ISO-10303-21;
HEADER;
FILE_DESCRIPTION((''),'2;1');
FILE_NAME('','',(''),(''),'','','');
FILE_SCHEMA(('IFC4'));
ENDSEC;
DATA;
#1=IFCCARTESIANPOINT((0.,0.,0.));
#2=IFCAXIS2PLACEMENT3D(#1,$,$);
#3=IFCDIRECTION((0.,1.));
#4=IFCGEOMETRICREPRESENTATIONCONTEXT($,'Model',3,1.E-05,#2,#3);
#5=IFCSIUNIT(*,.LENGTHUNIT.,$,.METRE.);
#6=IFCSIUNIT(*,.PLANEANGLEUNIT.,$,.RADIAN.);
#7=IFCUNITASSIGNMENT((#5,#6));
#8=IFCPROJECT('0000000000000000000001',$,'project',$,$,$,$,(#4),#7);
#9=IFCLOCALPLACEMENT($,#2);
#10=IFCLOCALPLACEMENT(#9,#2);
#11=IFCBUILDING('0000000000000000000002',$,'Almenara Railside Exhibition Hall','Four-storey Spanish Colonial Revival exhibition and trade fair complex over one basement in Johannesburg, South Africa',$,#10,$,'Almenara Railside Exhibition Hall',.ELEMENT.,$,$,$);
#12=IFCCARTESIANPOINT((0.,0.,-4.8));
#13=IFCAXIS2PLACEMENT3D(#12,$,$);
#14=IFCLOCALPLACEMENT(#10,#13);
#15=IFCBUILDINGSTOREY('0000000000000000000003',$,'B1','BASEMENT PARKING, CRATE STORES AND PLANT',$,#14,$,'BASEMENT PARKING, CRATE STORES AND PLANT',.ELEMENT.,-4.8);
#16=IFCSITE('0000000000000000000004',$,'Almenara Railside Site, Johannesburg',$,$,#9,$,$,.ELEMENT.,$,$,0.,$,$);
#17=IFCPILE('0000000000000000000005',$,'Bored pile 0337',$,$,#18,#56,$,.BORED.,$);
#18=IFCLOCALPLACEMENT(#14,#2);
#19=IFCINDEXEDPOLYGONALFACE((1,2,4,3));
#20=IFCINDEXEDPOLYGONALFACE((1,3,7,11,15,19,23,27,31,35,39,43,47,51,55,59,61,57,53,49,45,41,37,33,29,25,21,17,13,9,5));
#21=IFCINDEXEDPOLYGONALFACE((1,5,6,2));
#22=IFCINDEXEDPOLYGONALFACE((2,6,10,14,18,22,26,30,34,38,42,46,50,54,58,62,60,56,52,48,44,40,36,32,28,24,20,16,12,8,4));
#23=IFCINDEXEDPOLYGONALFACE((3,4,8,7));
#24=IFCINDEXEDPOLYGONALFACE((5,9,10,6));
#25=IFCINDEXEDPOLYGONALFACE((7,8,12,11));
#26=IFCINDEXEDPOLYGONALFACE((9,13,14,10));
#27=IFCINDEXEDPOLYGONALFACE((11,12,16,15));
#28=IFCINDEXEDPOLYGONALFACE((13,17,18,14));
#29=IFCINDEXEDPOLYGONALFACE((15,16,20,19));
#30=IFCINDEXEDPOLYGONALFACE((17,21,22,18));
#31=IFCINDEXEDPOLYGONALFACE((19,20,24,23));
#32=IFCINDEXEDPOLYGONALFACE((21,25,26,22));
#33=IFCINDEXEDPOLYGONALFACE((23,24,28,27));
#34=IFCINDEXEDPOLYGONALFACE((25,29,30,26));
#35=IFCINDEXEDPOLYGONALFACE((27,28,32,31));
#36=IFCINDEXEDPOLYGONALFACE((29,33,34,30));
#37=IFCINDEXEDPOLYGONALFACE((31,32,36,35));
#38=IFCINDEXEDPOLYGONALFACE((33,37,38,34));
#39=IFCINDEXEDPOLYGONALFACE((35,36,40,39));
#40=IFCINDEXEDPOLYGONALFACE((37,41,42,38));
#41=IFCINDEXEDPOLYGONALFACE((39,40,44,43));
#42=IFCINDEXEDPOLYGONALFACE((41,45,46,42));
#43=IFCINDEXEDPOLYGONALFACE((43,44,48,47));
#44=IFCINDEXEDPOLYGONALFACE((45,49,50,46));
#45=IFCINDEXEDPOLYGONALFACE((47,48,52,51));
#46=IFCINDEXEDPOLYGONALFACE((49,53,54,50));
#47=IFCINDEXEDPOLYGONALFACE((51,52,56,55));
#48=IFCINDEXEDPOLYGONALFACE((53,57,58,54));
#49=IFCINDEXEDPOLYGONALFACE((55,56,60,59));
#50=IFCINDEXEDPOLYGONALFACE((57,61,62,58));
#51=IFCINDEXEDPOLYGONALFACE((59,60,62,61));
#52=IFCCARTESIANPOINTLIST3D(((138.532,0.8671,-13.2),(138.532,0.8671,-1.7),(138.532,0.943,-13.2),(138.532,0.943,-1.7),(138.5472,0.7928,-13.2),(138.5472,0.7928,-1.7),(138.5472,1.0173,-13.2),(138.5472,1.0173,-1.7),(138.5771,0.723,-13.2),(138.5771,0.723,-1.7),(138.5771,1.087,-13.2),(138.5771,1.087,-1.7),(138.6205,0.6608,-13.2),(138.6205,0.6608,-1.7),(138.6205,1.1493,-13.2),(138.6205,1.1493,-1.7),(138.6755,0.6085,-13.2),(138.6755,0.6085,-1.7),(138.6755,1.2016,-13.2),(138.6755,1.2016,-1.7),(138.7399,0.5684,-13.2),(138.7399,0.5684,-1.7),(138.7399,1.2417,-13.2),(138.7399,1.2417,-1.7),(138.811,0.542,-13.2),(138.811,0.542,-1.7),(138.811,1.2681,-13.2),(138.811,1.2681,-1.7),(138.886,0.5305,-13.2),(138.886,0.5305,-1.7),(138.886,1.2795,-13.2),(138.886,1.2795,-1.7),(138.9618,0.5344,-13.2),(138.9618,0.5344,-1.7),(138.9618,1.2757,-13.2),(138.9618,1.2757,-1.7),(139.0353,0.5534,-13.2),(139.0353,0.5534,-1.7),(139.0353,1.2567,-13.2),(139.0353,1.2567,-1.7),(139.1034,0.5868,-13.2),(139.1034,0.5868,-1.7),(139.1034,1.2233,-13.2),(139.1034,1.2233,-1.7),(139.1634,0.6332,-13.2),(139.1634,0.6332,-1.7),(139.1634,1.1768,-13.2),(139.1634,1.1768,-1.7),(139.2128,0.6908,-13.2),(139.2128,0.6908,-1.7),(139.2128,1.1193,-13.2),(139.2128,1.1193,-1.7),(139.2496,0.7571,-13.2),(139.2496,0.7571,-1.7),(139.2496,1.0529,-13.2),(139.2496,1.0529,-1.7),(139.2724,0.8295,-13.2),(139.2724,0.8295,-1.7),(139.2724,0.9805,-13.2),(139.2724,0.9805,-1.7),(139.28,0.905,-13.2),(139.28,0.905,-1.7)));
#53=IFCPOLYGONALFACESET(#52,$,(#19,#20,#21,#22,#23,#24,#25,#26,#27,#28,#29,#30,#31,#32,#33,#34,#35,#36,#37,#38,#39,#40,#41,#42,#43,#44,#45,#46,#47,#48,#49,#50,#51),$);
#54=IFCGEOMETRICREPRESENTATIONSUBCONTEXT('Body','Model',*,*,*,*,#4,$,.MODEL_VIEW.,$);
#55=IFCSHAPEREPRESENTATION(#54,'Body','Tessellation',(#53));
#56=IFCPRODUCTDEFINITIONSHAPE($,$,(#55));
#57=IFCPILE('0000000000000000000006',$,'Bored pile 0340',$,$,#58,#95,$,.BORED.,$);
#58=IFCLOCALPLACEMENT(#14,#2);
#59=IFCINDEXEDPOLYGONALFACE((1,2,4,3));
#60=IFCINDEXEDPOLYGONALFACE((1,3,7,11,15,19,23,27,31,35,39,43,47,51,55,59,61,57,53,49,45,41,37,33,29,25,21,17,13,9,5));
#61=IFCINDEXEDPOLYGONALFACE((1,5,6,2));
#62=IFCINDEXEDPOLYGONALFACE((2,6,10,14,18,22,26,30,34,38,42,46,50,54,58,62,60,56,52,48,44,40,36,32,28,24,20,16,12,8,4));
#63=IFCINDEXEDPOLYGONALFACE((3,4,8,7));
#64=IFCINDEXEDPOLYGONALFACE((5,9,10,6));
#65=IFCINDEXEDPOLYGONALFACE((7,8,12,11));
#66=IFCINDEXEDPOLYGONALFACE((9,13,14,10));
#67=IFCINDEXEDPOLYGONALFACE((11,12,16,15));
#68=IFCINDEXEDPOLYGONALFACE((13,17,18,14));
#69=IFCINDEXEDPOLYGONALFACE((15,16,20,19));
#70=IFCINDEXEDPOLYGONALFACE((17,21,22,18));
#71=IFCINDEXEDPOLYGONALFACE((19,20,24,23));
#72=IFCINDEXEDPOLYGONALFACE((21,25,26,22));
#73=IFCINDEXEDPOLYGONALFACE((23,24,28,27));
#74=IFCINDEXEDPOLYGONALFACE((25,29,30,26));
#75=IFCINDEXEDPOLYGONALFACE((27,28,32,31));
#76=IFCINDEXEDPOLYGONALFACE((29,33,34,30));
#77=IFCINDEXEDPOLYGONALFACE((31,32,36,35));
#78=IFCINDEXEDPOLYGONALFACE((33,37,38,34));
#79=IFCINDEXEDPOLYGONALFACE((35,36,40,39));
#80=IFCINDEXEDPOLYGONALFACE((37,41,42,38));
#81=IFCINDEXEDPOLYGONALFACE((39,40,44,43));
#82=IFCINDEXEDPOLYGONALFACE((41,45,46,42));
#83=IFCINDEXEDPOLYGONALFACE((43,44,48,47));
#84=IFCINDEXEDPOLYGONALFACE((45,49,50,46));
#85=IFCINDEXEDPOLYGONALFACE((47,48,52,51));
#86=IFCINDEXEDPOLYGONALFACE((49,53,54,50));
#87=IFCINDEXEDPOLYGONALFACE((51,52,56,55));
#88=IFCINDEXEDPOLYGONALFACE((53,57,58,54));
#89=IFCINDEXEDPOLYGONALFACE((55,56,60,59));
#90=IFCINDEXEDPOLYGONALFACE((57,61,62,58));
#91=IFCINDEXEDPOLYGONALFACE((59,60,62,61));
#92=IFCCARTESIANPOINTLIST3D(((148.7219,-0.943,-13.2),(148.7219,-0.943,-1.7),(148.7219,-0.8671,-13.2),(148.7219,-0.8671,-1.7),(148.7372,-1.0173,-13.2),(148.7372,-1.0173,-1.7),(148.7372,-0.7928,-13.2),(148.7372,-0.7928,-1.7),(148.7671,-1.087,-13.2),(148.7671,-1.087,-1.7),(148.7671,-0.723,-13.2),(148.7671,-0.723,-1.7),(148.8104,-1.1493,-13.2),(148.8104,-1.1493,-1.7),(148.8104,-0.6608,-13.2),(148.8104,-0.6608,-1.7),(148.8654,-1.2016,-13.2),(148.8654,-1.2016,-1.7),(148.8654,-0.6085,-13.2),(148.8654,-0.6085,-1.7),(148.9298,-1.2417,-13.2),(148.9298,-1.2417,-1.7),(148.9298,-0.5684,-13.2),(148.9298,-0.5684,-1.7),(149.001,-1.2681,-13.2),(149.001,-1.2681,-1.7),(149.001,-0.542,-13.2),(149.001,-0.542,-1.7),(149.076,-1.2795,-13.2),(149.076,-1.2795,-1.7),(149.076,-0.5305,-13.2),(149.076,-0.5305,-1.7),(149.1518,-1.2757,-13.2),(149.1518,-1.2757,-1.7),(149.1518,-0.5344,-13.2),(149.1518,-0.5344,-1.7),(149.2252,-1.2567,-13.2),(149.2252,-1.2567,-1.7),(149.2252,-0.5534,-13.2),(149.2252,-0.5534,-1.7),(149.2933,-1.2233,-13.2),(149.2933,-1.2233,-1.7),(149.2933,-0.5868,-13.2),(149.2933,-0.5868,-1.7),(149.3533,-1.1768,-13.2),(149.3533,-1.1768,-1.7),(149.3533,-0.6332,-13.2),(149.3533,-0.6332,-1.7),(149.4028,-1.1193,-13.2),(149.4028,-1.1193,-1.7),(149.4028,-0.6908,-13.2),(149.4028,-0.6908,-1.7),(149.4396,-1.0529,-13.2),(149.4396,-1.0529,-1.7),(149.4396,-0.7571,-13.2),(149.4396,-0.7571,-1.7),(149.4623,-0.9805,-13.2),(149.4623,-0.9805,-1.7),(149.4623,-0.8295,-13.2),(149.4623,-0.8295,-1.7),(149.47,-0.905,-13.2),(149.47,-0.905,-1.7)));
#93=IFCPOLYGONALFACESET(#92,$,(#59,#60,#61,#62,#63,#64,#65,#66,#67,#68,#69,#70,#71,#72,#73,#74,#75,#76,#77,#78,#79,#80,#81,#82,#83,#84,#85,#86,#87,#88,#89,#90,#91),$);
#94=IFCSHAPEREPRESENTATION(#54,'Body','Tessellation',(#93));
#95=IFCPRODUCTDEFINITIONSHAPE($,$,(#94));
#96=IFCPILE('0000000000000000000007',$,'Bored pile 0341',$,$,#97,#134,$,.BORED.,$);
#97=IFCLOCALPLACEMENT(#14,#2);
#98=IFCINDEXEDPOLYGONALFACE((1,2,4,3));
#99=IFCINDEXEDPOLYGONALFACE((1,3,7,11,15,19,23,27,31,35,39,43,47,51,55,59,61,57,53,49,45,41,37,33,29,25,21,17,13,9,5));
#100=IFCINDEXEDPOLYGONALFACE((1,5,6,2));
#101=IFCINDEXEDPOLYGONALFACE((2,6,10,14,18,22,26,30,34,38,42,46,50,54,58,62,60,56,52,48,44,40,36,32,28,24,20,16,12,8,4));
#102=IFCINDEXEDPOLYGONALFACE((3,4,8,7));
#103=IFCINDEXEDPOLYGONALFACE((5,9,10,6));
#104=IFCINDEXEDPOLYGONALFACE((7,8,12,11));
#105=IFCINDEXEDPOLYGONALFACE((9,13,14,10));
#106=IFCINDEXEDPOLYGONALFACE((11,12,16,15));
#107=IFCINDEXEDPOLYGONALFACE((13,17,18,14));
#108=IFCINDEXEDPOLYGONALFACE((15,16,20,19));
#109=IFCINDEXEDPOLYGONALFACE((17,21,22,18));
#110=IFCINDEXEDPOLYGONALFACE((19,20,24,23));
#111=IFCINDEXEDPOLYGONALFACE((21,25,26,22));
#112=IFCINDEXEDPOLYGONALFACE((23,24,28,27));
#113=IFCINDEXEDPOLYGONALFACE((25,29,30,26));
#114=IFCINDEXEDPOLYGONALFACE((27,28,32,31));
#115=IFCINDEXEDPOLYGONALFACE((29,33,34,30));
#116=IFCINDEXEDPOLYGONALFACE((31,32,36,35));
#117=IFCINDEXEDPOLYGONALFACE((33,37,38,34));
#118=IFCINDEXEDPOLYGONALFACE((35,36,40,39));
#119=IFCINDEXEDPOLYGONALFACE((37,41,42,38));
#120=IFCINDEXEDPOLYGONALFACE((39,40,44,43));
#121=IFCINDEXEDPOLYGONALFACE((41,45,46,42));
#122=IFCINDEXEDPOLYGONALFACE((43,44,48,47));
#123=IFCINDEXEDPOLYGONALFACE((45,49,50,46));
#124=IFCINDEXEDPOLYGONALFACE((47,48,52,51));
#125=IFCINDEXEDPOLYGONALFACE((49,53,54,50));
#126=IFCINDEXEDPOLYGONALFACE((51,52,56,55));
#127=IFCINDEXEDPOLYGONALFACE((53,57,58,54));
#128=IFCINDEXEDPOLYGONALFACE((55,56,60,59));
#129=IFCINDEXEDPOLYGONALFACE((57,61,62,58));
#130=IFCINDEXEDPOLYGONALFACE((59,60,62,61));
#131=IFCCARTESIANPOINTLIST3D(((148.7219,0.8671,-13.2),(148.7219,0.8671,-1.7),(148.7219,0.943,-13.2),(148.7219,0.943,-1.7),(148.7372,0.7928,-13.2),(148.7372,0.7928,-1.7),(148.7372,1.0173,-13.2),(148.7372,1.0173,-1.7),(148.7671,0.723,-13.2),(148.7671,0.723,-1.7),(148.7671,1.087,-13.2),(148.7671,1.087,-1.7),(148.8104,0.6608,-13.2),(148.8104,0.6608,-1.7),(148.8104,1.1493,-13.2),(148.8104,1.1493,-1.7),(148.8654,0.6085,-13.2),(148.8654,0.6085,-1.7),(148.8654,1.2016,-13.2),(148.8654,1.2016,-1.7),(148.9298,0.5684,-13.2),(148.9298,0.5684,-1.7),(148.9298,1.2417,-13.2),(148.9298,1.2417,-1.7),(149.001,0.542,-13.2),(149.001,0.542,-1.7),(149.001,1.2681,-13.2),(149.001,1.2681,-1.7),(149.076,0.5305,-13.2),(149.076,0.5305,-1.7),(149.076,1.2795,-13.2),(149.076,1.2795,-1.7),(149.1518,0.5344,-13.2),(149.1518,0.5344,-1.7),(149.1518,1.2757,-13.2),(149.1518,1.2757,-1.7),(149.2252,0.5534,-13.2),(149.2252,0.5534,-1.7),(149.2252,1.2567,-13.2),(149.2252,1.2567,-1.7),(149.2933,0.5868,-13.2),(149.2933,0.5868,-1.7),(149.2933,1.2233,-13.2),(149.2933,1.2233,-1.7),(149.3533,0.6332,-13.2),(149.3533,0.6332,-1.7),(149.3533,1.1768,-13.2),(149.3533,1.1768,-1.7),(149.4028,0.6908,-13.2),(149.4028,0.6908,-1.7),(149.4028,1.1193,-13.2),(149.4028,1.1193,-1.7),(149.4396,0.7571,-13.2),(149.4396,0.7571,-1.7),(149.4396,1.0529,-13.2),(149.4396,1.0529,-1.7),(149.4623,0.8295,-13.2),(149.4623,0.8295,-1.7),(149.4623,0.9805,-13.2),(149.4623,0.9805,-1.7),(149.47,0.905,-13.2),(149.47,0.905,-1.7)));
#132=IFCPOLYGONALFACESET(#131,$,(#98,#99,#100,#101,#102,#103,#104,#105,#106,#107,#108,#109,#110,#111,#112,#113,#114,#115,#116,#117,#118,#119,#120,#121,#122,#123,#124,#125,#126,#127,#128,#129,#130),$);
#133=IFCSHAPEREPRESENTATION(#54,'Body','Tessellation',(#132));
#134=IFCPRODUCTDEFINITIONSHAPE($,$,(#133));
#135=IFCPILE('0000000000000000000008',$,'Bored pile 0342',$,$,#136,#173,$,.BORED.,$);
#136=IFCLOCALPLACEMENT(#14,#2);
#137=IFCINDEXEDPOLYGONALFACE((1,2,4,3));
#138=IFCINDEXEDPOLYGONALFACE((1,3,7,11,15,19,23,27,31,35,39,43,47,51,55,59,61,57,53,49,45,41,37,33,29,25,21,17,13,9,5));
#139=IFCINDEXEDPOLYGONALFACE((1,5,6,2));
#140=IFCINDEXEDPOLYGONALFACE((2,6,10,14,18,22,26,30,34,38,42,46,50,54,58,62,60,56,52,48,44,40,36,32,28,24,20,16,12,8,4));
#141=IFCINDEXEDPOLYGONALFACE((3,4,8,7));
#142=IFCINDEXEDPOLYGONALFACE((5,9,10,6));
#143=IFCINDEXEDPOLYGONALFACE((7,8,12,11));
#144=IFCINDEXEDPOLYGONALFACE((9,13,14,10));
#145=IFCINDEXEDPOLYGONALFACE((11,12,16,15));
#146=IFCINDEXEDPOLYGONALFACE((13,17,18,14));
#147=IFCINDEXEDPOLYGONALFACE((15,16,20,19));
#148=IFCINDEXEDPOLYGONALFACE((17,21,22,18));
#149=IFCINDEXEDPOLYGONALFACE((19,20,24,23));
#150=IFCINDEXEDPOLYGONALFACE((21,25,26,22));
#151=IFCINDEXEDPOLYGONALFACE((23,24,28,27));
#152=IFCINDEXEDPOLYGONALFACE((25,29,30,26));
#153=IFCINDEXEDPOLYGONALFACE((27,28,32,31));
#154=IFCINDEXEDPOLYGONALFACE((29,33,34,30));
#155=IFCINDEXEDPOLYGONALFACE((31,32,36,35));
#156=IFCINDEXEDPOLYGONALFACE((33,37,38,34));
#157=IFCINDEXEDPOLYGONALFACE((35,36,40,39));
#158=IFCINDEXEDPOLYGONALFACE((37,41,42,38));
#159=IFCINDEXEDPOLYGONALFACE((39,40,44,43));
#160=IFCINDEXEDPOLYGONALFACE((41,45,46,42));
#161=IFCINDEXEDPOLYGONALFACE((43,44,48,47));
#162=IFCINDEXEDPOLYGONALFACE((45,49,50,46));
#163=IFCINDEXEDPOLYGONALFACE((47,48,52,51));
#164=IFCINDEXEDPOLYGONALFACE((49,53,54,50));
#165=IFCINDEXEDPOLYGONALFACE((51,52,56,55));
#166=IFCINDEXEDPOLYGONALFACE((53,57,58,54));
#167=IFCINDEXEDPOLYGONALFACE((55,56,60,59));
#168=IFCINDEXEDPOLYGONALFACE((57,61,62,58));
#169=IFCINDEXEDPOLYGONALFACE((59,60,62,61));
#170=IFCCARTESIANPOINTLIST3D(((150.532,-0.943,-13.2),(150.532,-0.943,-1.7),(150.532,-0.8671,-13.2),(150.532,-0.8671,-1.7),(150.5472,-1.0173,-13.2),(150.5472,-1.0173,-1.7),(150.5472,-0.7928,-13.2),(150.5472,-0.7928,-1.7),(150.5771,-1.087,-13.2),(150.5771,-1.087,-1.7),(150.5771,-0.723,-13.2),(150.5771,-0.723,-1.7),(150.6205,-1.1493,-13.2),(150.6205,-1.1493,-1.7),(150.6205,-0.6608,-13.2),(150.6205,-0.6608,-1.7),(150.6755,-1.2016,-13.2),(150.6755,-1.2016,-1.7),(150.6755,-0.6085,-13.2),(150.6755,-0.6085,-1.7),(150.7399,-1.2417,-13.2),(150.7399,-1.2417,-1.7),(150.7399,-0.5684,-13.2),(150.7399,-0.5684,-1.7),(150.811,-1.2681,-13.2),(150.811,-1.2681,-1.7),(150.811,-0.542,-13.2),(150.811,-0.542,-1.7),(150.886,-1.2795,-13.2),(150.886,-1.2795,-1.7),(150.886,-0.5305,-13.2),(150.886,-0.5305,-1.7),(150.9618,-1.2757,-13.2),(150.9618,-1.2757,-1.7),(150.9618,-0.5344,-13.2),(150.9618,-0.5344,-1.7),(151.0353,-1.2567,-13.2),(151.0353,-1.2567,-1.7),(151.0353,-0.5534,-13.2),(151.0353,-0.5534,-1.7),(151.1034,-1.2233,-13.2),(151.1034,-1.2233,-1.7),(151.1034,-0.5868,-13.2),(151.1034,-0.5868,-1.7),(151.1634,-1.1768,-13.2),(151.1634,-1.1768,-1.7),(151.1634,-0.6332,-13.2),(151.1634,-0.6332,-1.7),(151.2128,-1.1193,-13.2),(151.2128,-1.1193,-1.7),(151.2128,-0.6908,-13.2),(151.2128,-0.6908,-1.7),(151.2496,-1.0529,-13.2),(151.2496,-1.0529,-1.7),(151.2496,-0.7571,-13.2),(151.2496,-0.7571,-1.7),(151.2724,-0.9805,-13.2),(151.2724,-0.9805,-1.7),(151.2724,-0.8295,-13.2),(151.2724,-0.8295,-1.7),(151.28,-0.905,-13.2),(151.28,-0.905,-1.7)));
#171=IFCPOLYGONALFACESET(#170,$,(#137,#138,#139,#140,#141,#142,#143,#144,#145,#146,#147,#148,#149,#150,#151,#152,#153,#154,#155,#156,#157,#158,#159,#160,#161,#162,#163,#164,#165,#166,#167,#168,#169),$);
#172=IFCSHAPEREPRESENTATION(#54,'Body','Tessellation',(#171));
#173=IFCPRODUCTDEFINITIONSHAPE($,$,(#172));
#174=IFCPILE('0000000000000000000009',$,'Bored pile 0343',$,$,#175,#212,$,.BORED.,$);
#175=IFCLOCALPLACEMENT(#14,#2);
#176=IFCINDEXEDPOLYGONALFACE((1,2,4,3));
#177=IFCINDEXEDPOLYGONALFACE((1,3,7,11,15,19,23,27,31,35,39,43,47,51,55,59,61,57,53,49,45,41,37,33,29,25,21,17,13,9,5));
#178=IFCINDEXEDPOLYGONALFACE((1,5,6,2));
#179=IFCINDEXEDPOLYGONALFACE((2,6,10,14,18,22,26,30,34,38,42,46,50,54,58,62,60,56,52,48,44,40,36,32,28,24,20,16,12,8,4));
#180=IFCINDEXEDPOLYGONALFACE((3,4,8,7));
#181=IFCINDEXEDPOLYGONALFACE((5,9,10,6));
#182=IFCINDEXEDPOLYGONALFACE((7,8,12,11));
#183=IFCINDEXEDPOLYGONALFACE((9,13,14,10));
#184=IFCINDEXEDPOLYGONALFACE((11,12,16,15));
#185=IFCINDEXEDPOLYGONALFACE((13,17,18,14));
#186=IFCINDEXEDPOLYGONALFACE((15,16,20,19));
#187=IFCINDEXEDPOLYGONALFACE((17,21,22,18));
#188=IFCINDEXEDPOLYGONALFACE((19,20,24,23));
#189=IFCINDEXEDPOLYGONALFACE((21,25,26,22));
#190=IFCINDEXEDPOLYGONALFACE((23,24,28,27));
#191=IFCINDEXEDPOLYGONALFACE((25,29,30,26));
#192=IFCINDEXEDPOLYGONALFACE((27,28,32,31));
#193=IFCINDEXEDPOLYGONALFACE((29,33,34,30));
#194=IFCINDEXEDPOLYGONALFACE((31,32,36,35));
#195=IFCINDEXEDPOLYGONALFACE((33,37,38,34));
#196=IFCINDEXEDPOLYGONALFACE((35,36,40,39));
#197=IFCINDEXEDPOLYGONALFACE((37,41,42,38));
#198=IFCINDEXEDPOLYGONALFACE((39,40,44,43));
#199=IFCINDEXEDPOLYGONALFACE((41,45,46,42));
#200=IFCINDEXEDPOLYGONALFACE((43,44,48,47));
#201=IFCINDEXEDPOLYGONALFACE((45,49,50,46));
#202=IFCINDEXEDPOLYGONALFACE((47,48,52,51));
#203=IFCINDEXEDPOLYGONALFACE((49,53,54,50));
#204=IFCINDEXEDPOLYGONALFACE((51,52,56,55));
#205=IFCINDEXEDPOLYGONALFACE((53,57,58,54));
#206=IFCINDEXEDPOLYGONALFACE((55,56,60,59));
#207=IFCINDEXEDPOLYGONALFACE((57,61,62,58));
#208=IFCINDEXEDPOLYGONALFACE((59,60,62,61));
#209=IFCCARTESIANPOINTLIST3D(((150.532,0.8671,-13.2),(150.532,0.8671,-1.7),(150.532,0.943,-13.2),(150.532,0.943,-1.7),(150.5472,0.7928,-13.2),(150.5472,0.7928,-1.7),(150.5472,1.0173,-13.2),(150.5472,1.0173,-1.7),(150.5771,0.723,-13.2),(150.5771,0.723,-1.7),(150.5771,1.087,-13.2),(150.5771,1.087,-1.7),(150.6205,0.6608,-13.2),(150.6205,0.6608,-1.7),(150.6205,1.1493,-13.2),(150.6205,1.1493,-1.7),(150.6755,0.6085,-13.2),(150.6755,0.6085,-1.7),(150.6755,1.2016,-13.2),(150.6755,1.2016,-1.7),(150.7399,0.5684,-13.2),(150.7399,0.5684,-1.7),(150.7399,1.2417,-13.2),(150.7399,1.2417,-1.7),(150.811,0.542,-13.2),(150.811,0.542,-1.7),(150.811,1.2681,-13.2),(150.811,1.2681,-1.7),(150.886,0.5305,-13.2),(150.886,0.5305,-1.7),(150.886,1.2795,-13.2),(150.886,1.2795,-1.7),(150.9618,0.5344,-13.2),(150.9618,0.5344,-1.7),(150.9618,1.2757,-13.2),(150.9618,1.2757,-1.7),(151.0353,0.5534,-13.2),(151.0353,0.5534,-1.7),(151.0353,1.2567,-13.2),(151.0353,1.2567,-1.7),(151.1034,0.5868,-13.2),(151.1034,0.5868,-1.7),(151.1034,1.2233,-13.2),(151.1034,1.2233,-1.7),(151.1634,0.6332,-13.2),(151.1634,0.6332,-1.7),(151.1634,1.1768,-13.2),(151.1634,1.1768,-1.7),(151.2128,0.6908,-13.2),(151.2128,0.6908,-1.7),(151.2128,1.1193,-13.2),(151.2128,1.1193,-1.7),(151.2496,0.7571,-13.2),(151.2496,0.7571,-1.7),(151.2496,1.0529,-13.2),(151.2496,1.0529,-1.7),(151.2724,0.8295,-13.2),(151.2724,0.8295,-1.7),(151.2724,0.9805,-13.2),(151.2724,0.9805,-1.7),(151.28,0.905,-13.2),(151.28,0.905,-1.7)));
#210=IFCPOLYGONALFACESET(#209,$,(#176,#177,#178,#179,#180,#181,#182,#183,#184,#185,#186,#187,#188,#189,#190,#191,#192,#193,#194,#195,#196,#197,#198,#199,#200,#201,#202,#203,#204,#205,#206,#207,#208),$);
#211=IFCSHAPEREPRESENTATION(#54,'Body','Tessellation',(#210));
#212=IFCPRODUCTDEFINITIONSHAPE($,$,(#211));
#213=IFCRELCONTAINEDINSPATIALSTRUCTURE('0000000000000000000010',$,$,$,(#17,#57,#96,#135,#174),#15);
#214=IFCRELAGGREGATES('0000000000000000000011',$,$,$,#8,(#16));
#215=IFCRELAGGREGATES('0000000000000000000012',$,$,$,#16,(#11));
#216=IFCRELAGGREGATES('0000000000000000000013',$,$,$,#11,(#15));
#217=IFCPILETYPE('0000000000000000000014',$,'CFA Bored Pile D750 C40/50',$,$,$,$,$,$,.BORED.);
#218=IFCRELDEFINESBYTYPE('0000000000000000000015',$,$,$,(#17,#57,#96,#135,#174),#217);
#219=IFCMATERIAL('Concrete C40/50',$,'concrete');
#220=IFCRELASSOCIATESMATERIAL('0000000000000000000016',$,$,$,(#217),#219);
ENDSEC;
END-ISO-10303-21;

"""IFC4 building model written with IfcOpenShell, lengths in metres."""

from ifc_helpers import new_model, si_unit, direction, frame, origin, origin_2d, place, context, subcontext, project, spatial, circle, extrude, material, material_profile, profile_set, type_object, element, save


model = new_model("IFC4")

# Units and contexts
model_context = context("Model", 3, precision=1e-05, world=origin(), true_north=direction((0.0, 1.0)))
body_context = subcontext(model_context, "Body", "Model", "MODEL_VIEW")
ifc_project = project(units=[si_unit("LENGTHUNIT", "METRE"), si_unit("PLANEANGLEUNIT", "RADIAN")], contexts=[model_context])

# Site, building, storey
site_placement = place(None, origin())
site = spatial("IfcSite", under=ifc_project, at=site_placement, Name="Almenara Railside Site, Johannesburg", CompositionType="ELEMENT", RefElevation=0.0)
building_placement = place(site_placement, origin())
building = spatial("IfcBuilding", under=site, at=building_placement, Name="Almenara Railside Exhibition Hall", Description="Four-storey Spanish Colonial Revival exhibition and trade fair complex over one basement in Johannesburg, South Africa", LongName="Almenara Railside Exhibition Hall", CompositionType="ELEMENT")
storey_placement = place(building_placement, frame((0.0, 0.0, -4.8)))
storey = spatial("IfcBuildingStorey", under=building, at=storey_placement, Name="B1", Description="BASEMENT PARKING, CRATE STORES AND PLANT", LongName="BASEMENT PARKING, CRATE STORES AND PLANT", CompositionType="ELEMENT", Elevation=-4.8)

# Piles
ifc_material_1 = material(Name="Concrete C40/50", Category="concrete")
ifc_material_profile_1 = material_profile(ifc_material_1, circle(Radius=0.375, at=origin_2d()), Name="CFA-PILE D750")
ifc_profile_set_1 = profile_set([ifc_material_profile_1], Name="Concrete C40/50")
pile_type = type_object("IfcPileType", Name="CFA Bored Pile D750 C40/50", PredefinedType="BORED", material=ifc_profile_set_1)
for number, where, z_axis, x_axis, name in (
    (1, (138.905, 0.905, -1.7), (0.0, 0.0, -1.0), (1.0, 0.0, 0.0), "Bored pile 0337"),
    (2, (149.095, -0.905, -1.7), (0.0, 0.0, -1.0), (1.0, 0.0, 0.0), "Bored pile 0340"),
    (3, (149.095, 0.905, -1.7), (0.0, 0.0, -1.0), (1.0, 0.0, 0.0), "Bored pile 0341"),
    (4, (150.905, -0.905, -1.7), (0.0, 0.0, -1.0), (1.0, 0.0, 0.0), "Bored pile 0342"),
    (5, (150.905, 0.905, -1.7), (0.0, 0.0, -1.0), (1.0, 0.0, 0.0), "Bored pile 0343"),
):
    element("IfcPile", number, at=place(storey_placement, frame(where, z_axis=z_axis, x_axis=x_axis)), inside=storey, type_object=pile_type, Name=name, PredefinedType="BORED", context=body_context, shape_type="SweptSolid", body=[
        extrude(circle(Radius=0.375, at=origin_2d()), origin(), (0.0, 0.0, 1.0), 11.5),
    ])

save(model, "model.ifc")
